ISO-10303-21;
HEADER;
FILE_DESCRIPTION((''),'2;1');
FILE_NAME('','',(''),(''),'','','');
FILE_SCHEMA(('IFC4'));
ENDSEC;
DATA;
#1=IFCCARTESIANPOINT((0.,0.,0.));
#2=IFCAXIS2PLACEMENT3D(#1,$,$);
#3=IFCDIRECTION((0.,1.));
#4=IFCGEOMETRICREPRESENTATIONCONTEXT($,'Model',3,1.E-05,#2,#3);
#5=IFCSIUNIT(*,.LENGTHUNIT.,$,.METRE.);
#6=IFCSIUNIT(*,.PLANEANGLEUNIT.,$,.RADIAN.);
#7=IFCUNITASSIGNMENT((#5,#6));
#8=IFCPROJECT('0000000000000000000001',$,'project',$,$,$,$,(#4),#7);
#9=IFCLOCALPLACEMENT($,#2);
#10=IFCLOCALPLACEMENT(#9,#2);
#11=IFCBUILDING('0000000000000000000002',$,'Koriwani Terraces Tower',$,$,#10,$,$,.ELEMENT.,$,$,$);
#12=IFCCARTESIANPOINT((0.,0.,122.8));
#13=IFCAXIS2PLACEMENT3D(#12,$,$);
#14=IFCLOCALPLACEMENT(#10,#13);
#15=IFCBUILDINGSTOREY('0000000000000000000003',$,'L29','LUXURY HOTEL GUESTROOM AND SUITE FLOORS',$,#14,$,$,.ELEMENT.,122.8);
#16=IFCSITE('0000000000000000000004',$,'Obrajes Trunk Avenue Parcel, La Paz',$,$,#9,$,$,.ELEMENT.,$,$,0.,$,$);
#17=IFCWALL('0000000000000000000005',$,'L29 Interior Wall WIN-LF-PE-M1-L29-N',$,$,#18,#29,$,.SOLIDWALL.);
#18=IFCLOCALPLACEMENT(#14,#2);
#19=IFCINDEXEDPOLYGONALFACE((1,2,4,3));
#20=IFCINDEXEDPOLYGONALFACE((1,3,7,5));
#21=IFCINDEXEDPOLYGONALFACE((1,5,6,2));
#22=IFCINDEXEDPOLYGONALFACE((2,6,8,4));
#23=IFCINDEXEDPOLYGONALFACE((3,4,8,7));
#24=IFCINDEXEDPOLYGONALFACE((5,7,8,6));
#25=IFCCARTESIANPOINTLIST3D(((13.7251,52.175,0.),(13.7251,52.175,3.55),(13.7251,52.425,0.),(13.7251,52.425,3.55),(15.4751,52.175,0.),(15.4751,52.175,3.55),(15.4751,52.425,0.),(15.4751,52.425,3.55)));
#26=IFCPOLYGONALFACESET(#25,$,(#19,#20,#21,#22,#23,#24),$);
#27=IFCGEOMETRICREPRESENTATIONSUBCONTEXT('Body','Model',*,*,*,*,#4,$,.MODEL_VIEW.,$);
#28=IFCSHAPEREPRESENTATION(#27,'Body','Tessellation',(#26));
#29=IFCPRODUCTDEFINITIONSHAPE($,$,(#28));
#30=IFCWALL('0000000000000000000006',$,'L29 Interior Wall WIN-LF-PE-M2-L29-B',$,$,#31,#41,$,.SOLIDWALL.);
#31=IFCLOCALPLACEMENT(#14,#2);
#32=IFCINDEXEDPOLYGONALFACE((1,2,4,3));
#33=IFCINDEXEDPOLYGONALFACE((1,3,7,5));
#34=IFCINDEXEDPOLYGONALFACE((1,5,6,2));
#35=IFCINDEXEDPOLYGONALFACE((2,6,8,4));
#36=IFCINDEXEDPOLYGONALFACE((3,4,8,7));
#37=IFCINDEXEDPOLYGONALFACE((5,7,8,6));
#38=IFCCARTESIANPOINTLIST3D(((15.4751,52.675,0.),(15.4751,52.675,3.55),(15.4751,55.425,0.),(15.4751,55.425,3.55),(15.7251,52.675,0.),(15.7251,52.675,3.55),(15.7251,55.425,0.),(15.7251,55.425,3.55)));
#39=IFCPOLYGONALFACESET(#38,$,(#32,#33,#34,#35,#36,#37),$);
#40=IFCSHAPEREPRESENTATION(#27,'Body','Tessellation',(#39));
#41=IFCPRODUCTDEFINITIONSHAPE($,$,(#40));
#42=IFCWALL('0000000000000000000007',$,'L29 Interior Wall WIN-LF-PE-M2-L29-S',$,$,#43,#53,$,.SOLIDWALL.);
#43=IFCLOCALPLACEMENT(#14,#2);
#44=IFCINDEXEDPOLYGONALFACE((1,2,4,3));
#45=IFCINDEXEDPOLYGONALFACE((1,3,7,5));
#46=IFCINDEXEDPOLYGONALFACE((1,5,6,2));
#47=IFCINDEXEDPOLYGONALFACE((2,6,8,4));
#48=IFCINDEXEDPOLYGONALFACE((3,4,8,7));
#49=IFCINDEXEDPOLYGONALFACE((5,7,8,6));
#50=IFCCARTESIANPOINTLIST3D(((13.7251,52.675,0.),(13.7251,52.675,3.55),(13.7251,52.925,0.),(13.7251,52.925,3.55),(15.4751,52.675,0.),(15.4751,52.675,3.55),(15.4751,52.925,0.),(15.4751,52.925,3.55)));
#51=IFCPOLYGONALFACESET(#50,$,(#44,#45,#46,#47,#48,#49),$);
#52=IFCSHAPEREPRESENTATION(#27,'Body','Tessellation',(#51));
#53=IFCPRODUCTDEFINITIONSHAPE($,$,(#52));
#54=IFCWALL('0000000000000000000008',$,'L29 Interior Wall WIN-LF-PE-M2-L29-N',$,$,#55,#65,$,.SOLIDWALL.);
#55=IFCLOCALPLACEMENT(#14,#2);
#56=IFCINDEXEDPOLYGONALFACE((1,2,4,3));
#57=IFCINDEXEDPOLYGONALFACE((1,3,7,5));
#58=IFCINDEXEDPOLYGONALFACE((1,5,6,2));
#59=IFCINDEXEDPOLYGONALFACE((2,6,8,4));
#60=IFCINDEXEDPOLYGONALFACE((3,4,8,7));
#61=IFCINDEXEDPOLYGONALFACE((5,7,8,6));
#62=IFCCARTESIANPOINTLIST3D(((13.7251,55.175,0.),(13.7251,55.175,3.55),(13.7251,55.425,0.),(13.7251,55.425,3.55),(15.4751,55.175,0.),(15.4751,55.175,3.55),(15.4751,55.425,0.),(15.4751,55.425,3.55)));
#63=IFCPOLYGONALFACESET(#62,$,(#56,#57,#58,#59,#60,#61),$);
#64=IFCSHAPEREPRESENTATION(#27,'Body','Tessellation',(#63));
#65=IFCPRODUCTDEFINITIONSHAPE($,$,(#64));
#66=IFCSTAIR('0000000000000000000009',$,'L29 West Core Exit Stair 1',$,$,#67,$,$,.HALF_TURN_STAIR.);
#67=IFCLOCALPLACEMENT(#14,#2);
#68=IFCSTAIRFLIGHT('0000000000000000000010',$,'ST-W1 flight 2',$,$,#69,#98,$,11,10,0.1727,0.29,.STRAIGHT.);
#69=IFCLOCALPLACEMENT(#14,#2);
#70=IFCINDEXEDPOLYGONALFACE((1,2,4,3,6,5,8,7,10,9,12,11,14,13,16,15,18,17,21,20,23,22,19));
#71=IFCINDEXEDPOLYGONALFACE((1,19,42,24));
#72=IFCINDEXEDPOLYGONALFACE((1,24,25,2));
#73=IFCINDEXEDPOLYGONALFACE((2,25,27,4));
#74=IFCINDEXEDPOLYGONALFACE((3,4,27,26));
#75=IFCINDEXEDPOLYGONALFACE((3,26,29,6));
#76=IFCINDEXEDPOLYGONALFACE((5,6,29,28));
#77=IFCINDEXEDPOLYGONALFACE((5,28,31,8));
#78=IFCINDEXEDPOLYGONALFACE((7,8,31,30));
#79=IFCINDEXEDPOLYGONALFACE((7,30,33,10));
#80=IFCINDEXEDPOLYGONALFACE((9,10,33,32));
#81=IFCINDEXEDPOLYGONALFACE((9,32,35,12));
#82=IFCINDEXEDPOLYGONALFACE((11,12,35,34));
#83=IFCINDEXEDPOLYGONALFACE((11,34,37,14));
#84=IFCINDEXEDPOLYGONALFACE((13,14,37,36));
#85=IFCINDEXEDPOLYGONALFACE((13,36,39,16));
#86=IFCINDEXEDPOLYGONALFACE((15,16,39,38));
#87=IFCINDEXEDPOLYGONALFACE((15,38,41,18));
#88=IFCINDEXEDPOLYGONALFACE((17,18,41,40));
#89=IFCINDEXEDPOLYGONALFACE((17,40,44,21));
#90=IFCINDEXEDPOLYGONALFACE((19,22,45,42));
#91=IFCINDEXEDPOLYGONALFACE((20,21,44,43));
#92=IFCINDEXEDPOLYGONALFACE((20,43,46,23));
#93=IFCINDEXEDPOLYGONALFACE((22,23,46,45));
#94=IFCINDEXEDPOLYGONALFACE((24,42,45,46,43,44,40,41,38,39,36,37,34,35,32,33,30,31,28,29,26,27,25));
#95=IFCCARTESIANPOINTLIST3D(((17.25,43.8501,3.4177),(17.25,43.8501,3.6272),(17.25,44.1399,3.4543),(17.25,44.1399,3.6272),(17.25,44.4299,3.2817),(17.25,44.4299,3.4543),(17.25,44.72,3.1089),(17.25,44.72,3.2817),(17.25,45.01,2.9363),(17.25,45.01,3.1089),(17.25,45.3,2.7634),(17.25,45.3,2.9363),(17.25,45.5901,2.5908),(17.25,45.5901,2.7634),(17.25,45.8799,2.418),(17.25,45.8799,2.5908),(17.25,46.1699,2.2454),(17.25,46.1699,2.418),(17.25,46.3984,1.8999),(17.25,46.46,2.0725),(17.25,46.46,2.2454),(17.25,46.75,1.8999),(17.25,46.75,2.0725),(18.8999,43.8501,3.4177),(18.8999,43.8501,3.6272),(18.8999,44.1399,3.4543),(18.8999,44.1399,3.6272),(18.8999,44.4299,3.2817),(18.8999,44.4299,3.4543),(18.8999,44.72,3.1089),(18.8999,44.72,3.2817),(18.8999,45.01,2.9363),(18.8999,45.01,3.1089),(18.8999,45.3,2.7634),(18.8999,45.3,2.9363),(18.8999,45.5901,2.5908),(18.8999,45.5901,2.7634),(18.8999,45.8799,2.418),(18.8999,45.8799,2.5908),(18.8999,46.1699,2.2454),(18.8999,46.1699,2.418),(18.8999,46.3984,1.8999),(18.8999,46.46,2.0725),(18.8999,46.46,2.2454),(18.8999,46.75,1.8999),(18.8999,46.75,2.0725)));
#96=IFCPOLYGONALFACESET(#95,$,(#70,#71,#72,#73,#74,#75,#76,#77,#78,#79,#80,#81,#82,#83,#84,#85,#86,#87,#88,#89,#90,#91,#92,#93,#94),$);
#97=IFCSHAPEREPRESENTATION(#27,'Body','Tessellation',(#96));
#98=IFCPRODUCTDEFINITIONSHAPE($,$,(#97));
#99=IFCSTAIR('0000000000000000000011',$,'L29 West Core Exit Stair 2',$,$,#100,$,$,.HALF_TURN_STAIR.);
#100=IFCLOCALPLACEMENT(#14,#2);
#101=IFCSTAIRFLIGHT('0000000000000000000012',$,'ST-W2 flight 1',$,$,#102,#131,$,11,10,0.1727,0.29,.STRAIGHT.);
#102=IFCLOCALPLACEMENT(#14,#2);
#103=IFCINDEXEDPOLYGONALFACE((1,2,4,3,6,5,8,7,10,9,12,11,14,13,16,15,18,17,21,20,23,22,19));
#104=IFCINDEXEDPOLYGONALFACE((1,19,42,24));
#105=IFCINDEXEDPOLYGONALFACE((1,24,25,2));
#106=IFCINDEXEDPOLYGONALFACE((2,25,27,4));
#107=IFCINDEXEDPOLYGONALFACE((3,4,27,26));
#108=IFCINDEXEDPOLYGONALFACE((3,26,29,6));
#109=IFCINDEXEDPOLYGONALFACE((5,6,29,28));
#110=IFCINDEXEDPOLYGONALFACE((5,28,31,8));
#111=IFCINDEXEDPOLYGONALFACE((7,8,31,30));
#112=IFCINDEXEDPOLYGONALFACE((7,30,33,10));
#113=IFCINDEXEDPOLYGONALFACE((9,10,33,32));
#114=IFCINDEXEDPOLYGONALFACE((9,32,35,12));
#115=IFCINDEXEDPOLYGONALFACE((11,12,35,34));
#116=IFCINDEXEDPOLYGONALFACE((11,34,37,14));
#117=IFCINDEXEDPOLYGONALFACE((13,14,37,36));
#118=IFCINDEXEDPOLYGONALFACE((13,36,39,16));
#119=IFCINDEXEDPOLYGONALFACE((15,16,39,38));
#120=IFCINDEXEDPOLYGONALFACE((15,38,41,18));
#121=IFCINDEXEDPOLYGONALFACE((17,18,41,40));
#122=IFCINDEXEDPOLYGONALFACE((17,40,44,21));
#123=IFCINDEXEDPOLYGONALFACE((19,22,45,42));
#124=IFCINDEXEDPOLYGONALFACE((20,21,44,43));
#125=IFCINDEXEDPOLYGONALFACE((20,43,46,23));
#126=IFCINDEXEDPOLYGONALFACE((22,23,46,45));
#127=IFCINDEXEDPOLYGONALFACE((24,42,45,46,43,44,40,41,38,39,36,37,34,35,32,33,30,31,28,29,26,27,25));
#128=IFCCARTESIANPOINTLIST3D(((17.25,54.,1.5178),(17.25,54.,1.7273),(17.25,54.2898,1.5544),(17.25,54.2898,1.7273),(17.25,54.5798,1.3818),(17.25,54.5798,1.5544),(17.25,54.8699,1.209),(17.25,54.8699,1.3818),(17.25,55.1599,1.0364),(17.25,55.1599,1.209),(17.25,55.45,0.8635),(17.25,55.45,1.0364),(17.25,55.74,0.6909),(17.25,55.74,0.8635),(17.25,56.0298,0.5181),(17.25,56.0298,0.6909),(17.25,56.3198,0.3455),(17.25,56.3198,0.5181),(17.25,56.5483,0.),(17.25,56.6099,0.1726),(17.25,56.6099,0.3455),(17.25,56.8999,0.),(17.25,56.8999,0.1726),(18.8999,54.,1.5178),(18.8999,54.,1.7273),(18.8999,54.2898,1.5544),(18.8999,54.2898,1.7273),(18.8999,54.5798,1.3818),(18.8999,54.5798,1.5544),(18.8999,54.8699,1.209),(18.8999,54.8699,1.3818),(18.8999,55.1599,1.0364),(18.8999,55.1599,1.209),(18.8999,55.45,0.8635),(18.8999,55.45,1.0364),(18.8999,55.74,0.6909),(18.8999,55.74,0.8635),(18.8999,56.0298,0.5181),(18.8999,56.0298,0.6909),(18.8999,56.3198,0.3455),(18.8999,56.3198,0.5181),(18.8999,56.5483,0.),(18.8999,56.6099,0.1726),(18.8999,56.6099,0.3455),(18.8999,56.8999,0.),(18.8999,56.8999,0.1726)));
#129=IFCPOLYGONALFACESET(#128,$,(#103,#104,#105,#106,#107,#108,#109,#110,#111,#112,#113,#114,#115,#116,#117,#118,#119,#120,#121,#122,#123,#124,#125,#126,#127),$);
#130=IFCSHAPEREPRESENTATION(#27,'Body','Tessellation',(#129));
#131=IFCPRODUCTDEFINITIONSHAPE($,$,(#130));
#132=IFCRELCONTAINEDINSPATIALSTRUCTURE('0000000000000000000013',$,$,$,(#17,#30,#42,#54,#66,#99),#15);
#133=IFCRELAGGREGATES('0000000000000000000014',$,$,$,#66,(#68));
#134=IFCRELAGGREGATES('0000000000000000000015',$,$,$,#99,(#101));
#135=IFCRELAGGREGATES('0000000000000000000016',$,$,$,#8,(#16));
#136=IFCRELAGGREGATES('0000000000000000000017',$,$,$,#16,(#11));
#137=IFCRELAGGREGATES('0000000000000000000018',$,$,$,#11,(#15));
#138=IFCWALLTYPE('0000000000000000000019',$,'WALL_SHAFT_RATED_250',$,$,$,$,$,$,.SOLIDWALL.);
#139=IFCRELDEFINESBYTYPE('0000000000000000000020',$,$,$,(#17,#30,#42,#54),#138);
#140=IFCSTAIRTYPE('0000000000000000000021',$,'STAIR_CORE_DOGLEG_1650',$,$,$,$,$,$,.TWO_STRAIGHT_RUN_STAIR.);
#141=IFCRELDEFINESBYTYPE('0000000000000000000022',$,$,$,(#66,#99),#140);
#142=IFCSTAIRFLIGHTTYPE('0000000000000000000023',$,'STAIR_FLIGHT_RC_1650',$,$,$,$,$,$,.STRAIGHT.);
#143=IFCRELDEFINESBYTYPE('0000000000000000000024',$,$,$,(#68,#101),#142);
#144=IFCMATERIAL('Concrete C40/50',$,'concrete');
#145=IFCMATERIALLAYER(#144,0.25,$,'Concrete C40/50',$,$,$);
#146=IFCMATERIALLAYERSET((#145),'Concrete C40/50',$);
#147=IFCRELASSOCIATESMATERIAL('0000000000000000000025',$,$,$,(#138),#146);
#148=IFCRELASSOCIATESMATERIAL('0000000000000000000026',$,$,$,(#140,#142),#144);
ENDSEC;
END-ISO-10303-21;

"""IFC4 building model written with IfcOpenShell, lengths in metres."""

from ifc_helpers import new_model, si_unit, direction, frame, frame_2d, origin, place, context, subcontext, project, spatial, polyline, rectangle, outline, extrude, material, layer, layer_set, type_object, element, aggregate, save


model = new_model("IFC4")

# Units and contexts
model_context = context("Model", 3, precision=1e-05, world=origin(), true_north=direction((0.0, 1.0)))
body_context = subcontext(model_context, "Body", "Model", "MODEL_VIEW")
ifc_project = project(units=[si_unit("LENGTHUNIT", "METRE"), si_unit("PLANEANGLEUNIT", "RADIAN")], contexts=[model_context])

# Site, building, storey
site_placement = place(None, origin())
site = spatial("IfcSite", under=ifc_project, at=site_placement, Name="Obrajes Trunk Avenue Parcel, La Paz", CompositionType="ELEMENT", RefElevation=0.0)
building_placement = place(site_placement, origin())
building = spatial("IfcBuilding", under=site, at=building_placement, Name="Koriwani Terraces Tower", CompositionType="ELEMENT")
storey_placement = place(building_placement, frame((0.0, 0.0, 122.8)))
storey = spatial("IfcBuildingStorey", under=building, at=storey_placement, Name="L29", Description="LUXURY HOTEL GUESTROOM AND SUITE FLOORS", CompositionType="ELEMENT", Elevation=122.8)

# Shared definitions
ifc_material_1 = material(Name="Concrete C40/50", Category="concrete")

# Shared definitions
ifc_layer_1 = layer(ifc_material_1, 0.25, Name="Concrete C40/50")
ifc_layer_set_1 = layer_set([ifc_layer_1], Name="Concrete C40/50")
wall_type_1 = type_object("IfcWallType", Name="WALL_SHAFT_RATED_250", PredefinedType="SOLIDWALL", material=ifc_layer_set_1)

# Wall
for number, where, z_axis, x_axis, name in (
    (1, (13.7251, 52.3, 0.0), (0.0, 0.0, 1.0), (1.0, 0.0, 0.0), "L29 Interior Wall WIN-LF-PE-M1-L29-N"),
):
    element("IfcWall", number, at=place(storey_placement, frame(where, z_axis=z_axis, x_axis=x_axis)), inside=storey, type_object=wall_type_1, Name=name, PredefinedType="SOLIDWALL", context=body_context, shape_type="SweptSolid", body=[
        extrude(rectangle(XDim=1.75, YDim=0.25, at=frame_2d((0.875, 0.0))), origin(), (0.0, 0.0, 1.0), 3.55),
    ])

# Walls
wall_1_placement = place(storey_placement, frame((15.6001, 52.675, 0.0), z_axis=(0.0, 0.0, 1.0), x_axis=(0.0, 1.0, 0.0)))
element("IfcWall", 2, at=wall_1_placement, inside=storey, type_object=wall_type_1, Name="L29 Interior Wall WIN-LF-PE-M2-L29-B", PredefinedType="SOLIDWALL", context=body_context, shape_type="SweptSolid", body=[
    extrude(rectangle(XDim=2.75, YDim=0.25, at=frame_2d((1.375, 0.0))), origin(), (0.0, 0.0, 1.0), 3.55),
])
for number, where, z_axis, x_axis, name in (
    (3, (13.7251, 52.8, 0.0), (0.0, 0.0, 1.0), (1.0, 0.0, 0.0), "L29 Interior Wall WIN-LF-PE-M2-L29-S"),
    (4, (13.7251, 55.3, 0.0), (0.0, 0.0, 1.0), (1.0, 0.0, 0.0), "L29 Interior Wall WIN-LF-PE-M2-L29-N"),
):
    element("IfcWall", number, at=place(storey_placement, frame(where, z_axis=z_axis, x_axis=x_axis)), inside=storey, type_object=wall_type_1, Name=name, PredefinedType="SOLIDWALL", context=body_context, shape_type="SweptSolid", body=[
        extrude(rectangle(XDim=1.75, YDim=0.25, at=frame_2d((0.875, 0.0))), origin(), (0.0, 0.0, 1.0), 3.55),
    ])

# Stairs, stair flights
stair_type = type_object("IfcStairType", Name="STAIR_CORE_DOGLEG_1650", PredefinedType="TWO_STRAIGHT_RUN_STAIR", material=ifc_material_1)
stair_1_placement = place(storey_placement, origin())
stair_1 = element("IfcStair", 5, at=stair_1_placement, inside=storey, type_object=stair_type, Name="L29 West Core Exit Stair 1", PredefinedType="HALF_TURN_STAIR")
stair_flight_type = type_object("IfcStairFlightType", Name="STAIR_FLIGHT_RC_1650", PredefinedType="STRAIGHT", material=ifc_material_1)
stair_flight_1_placement = place(storey_placement, frame((18.075, 46.75, 1.8999), z_axis=(0.0, 0.0, 1.0), x_axis=(0.0, -1.0, 0.0)))
stair_flight_1 = element("IfcStairFlight", 6, at=stair_flight_1_placement, type_object=stair_flight_type, Name="ST-W1 flight 2", NumberOfRisers=11, NumberOfTreads=10, PredefinedType="STRAIGHT", RiserHeight=0.1727, TreadLength=0.29, context=body_context, shape_type="SweptSolid", body=[
    extrude(outline(polyline([(0.0, 0.0), (0.0, 0.1726), (0.29, 0.1726), (0.29, 0.3455), (0.5801, 0.3455), (0.5801, 0.5181), (0.8701, 0.5181), (0.8701, 0.6909), (1.1599, 0.6909), (1.1599, 0.8635), (1.45, 0.8635), (1.45, 1.0364), (1.74, 1.0364), (1.74, 1.209), (2.03, 1.209), (2.03, 1.3818), (2.3201, 1.3818), (2.3201, 1.5544), (2.6101, 1.5544), (2.6101, 1.7273), (2.8999, 1.7273), (2.8999, 1.8999), (2.8999, 1.5178), (0.3516, 0.0), (0.0, 0.0)])), frame((0.0, 0.825, 0.0), z_axis=(0.0, -1.0, 0.0), x_axis=(1.0, 0.0, 0.0)), (0.0, 0.0, 1.0), 1.6499),
])
aggregate(stair_1, [stair_flight_1])
stair_2_placement = place(storey_placement, origin())
stair_2 = element("IfcStair", 7, at=stair_2_placement, inside=storey, type_object=stair_type, Name="L29 West Core Exit Stair 2", PredefinedType="HALF_TURN_STAIR")
stair_flight_2_placement = place(storey_placement, frame((18.075, 56.8999, 0.0), z_axis=(0.0, 0.0, 1.0), x_axis=(0.0, -1.0, 0.0)))
stair_flight_2 = element("IfcStairFlight", 8, at=stair_flight_2_placement, type_object=stair_flight_type, Name="ST-W2 flight 1", NumberOfRisers=11, NumberOfTreads=10, PredefinedType="STRAIGHT", RiserHeight=0.1727, TreadLength=0.29, context=body_context, shape_type="SweptSolid", body=[
    extrude(outline(polyline([(0.0, 0.0), (0.0, 0.1726), (0.29, 0.1726), (0.29, 0.3455), (0.5801, 0.3455), (0.5801, 0.5181), (0.8701, 0.5181), (0.8701, 0.6909), (1.1599, 0.6909), (1.1599, 0.8635), (1.45, 0.8635), (1.45, 1.0364), (1.74, 1.0364), (1.74, 1.209), (2.03, 1.209), (2.03, 1.3818), (2.3201, 1.3818), (2.3201, 1.5544), (2.6101, 1.5544), (2.6101, 1.7273), (2.8999, 1.7273), (2.8999, 1.8999), (2.8999, 1.5178), (0.3516, 0.0), (0.0, 0.0)])), frame((0.0, 0.825, 0.0), z_axis=(0.0, -1.0, 0.0), x_axis=(1.0, 0.0, 0.0)), (0.0, 0.0, 1.0), 1.6499),
])
aggregate(stair_2, [stair_flight_2])

save(model, "model.ifc")
